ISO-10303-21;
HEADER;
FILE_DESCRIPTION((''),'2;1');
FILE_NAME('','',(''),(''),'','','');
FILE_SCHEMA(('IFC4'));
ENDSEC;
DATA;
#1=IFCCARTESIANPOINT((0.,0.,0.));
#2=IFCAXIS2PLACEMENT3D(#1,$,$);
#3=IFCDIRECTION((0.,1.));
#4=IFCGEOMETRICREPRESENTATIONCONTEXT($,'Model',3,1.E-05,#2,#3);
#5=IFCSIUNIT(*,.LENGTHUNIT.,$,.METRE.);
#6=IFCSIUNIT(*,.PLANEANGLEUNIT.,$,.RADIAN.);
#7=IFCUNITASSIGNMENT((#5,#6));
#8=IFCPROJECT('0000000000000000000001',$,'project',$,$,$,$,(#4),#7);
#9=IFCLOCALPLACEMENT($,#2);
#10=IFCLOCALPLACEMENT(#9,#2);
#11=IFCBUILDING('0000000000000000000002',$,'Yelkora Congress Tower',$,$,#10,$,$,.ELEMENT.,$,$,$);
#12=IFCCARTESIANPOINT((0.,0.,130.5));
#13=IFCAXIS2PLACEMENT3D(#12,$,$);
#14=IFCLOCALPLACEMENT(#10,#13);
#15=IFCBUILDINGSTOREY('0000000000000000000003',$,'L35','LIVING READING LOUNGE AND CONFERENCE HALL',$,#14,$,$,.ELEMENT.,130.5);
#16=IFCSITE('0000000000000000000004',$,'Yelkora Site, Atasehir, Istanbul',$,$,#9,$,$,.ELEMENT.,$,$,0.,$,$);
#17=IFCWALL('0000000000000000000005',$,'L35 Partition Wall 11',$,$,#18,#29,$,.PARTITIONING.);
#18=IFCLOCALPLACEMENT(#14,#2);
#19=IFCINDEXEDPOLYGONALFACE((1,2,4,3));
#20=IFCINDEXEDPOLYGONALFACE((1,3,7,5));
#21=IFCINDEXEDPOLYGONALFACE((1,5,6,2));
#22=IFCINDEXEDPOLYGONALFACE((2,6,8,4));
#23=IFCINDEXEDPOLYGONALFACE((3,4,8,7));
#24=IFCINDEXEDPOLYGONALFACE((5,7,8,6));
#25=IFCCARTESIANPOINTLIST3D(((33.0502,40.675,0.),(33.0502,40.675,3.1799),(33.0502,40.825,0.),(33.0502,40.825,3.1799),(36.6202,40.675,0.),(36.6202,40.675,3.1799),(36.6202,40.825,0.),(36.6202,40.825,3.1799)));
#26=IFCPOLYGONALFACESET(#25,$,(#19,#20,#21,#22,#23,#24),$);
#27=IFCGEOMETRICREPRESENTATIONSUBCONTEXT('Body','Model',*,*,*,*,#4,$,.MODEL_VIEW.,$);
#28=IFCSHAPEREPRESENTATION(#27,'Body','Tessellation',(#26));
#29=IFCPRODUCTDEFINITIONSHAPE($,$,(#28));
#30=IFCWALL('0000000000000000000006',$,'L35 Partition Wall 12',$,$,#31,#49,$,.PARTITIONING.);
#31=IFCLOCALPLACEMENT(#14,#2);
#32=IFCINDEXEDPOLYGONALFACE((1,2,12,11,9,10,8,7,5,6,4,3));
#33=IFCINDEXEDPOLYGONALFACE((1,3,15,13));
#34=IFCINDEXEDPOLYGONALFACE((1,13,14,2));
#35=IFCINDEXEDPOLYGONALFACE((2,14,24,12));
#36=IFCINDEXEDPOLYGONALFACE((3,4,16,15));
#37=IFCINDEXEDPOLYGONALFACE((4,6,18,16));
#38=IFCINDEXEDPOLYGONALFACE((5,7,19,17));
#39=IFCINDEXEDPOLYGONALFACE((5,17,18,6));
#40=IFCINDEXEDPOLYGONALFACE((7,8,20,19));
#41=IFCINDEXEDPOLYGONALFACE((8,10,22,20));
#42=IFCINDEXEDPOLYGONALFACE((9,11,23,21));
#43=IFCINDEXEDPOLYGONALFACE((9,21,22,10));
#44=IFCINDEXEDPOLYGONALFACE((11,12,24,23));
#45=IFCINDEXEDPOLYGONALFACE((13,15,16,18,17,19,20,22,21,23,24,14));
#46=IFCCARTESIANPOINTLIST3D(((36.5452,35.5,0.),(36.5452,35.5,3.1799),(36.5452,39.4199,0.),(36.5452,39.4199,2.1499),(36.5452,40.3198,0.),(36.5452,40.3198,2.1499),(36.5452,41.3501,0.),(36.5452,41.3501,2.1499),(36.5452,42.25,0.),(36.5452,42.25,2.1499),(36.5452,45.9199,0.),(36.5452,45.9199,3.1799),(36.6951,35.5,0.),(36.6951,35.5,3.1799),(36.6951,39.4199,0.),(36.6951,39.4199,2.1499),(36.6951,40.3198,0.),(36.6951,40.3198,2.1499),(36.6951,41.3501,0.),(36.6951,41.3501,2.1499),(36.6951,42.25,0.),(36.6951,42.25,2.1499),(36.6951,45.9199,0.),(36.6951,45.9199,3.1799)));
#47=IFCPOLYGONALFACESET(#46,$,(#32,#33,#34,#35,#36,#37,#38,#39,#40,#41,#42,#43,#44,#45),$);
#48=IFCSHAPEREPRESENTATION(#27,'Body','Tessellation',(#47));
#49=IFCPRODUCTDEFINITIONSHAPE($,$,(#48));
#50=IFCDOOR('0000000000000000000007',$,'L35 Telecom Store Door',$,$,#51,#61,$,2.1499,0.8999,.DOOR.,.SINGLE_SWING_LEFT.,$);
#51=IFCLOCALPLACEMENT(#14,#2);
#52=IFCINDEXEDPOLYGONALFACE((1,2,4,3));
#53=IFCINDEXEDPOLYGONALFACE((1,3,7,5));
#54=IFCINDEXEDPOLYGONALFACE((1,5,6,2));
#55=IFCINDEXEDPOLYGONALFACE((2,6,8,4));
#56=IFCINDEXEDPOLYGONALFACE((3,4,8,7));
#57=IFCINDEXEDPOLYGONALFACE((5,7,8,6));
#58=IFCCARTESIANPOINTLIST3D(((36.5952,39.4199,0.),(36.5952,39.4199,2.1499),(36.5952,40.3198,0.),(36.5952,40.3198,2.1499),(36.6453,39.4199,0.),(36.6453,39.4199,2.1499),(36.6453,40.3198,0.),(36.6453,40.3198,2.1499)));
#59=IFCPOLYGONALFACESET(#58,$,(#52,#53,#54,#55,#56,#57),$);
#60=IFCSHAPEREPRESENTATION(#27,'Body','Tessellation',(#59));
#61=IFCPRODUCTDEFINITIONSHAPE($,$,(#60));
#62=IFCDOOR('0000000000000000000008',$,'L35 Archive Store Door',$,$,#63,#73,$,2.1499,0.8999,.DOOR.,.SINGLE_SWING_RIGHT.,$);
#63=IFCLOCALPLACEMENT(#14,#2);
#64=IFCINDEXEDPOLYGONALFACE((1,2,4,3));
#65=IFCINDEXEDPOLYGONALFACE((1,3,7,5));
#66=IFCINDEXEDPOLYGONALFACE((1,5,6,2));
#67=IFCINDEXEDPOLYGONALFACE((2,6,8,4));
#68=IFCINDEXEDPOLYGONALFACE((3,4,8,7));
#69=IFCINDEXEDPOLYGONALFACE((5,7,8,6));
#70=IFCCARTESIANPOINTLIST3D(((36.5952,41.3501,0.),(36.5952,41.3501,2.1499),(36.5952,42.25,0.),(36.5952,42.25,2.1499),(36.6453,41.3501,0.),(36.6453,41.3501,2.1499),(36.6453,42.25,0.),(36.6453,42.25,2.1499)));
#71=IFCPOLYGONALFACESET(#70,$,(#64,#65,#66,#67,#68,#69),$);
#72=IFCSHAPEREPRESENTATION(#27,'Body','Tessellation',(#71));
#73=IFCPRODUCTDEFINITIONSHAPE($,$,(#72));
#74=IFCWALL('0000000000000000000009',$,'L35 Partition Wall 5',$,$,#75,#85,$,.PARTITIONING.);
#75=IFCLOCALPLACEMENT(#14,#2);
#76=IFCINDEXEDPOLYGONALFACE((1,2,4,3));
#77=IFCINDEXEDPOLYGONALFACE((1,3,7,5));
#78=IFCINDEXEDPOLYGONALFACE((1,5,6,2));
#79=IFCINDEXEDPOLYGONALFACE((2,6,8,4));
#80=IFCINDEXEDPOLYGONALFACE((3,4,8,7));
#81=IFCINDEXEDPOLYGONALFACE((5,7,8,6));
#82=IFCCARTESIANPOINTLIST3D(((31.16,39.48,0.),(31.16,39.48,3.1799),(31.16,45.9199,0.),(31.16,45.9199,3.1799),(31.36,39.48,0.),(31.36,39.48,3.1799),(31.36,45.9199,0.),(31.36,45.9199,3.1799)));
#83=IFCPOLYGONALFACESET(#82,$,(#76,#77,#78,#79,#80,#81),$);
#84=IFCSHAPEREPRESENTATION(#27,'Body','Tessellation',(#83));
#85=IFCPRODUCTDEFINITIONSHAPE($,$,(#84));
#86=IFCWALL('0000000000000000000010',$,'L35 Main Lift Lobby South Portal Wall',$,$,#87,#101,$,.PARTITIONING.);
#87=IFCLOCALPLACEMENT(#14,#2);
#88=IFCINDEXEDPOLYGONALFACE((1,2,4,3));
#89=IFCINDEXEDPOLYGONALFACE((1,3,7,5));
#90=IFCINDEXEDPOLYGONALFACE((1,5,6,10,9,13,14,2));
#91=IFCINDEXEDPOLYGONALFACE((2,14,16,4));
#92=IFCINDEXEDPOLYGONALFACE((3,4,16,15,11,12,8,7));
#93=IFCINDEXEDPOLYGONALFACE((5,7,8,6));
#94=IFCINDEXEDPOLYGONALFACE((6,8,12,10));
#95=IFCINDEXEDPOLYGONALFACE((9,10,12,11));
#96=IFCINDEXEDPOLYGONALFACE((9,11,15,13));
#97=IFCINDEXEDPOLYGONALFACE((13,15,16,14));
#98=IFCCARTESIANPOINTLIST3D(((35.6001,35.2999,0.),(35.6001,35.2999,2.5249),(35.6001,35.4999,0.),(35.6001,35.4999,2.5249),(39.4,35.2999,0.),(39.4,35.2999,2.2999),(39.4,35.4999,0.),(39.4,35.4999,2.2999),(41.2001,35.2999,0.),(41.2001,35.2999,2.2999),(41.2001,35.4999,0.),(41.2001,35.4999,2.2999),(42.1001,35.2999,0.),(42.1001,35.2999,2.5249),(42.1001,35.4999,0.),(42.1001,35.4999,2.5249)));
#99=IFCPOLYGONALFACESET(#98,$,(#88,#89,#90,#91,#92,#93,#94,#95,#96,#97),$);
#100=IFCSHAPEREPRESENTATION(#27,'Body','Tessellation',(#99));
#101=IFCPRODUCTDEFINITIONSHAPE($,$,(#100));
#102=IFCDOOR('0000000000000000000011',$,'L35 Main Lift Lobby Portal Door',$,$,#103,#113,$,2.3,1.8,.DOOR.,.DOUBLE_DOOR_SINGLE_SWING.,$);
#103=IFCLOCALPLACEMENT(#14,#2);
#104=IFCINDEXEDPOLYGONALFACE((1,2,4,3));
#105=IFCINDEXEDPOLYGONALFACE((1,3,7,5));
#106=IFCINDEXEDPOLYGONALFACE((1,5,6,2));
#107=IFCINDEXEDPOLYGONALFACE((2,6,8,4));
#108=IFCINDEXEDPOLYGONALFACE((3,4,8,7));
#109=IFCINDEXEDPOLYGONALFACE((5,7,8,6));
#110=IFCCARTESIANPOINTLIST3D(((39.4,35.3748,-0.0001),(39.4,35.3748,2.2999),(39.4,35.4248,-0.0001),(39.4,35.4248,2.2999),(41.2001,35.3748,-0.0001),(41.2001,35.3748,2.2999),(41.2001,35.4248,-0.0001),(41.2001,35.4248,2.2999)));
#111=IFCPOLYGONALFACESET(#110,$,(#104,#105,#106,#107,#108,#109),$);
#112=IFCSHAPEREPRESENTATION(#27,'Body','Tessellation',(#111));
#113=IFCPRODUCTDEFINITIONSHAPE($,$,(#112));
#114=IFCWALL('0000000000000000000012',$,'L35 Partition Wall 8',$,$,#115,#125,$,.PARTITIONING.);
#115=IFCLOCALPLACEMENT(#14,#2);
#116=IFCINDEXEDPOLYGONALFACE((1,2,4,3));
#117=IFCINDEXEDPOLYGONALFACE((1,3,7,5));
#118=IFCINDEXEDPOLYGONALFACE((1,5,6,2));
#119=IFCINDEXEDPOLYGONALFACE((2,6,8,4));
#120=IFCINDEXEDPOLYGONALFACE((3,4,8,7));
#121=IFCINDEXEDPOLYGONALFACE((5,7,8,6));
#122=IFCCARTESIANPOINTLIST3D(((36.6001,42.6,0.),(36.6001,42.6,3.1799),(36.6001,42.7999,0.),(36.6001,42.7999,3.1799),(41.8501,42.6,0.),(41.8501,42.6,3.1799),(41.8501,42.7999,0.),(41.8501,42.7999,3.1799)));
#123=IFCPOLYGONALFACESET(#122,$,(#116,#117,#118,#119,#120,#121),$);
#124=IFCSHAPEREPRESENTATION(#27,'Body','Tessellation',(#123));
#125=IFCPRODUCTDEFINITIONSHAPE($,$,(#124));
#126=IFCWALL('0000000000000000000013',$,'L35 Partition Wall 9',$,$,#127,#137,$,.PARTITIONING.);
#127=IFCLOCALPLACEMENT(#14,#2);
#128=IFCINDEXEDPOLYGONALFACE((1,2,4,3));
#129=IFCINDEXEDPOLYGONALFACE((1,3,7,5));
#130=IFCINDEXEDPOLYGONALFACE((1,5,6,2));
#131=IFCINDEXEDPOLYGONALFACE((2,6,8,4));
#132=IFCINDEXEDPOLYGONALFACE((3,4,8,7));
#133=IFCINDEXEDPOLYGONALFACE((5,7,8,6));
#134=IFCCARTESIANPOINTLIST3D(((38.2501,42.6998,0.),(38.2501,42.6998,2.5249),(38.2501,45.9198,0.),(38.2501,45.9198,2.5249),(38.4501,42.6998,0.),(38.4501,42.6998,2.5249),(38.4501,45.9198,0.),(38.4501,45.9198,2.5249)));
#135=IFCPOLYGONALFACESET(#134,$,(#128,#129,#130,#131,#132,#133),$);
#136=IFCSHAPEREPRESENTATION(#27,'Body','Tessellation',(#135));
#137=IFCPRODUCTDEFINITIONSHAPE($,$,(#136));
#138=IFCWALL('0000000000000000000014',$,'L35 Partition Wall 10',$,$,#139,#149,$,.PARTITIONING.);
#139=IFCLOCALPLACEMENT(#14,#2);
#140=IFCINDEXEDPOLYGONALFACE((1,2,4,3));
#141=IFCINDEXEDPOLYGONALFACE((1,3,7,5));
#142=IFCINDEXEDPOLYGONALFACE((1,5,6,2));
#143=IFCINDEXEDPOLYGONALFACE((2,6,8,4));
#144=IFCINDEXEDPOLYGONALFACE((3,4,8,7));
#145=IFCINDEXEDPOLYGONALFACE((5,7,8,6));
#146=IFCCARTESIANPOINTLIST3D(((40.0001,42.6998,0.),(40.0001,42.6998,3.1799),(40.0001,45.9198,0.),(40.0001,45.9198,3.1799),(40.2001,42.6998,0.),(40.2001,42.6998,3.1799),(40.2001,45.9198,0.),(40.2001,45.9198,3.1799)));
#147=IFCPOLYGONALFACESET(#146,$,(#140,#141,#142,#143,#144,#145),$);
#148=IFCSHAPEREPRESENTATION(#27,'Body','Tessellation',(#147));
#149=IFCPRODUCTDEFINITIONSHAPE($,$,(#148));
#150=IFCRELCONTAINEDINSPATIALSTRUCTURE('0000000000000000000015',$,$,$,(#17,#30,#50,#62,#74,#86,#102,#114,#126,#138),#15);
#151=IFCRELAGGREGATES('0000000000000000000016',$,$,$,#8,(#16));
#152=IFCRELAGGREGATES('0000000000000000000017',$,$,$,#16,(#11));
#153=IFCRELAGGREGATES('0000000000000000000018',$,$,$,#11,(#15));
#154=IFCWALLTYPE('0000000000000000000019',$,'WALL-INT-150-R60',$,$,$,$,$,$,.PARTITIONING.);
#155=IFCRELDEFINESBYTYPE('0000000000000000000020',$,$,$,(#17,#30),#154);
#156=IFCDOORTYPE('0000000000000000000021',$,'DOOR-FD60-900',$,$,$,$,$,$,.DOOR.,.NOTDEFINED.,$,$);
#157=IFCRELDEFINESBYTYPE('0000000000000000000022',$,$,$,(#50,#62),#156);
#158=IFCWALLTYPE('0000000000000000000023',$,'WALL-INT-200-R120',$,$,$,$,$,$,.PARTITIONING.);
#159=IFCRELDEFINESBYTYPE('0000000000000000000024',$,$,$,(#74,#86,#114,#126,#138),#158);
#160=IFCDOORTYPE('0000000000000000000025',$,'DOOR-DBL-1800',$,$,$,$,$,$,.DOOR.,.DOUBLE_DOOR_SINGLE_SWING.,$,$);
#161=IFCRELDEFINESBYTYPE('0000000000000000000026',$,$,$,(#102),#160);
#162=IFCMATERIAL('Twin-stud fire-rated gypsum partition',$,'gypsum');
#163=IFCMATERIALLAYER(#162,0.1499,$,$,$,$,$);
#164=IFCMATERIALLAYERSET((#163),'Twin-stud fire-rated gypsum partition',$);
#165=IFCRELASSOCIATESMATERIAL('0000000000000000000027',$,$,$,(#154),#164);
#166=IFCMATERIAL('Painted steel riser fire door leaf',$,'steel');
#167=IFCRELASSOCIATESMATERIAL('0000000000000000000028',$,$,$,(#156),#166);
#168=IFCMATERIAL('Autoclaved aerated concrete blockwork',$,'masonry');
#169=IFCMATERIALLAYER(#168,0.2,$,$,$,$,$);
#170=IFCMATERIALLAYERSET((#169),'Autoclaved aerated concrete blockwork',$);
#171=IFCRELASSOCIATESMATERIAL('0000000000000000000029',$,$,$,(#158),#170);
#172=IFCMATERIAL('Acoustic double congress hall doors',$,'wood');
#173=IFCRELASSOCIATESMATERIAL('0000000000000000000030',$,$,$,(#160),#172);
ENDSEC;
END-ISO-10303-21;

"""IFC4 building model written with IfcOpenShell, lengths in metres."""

from ifc_helpers import new_model, si_unit, direction, frame, frame_2d, origin, place, context, subcontext, project, spatial, rectangle, extrude, material, layer, layer_set, type_object, element, fill, save


model = new_model("IFC4")

# Units and contexts
model_context = context("Model", 3, precision=1e-05, world=origin(), true_north=direction((0.0, 1.0)))
body_context = subcontext(model_context, "Body", "Model", "MODEL_VIEW")
ifc_project = project(units=[si_unit("LENGTHUNIT", "METRE"), si_unit("PLANEANGLEUNIT", "RADIAN")], contexts=[model_context])

# Site, building, storey
site_placement = place(None, origin())
site = spatial("IfcSite", under=ifc_project, at=site_placement, Name="Yelkora Site, Atasehir, Istanbul", CompositionType="ELEMENT", RefElevation=0.0)
building_placement = place(site_placement, origin())
building = spatial("IfcBuilding", under=site, at=building_placement, Name="Yelkora Congress Tower", CompositionType="ELEMENT")
storey_placement = place(building_placement, frame((0.0, 0.0, 130.5)))
storey = spatial("IfcBuildingStorey", under=building, at=storey_placement, Name="L35", Description="LIVING READING LOUNGE AND CONFERENCE HALL", CompositionType="ELEMENT", Elevation=130.5)

# Wall
ifc_material_1 = material(Name="Twin-stud fire-rated gypsum partition", Category="gypsum")
ifc_layer_1 = layer(ifc_material_1, 0.1499)
ifc_layer_set_1 = layer_set([ifc_layer_1], Name="Twin-stud fire-rated gypsum partition")
wall_type_1 = type_object("IfcWallType", Name="WALL-INT-150-R60", PredefinedType="PARTITIONING", material=ifc_layer_set_1)
wall_1_placement = place(storey_placement, frame((33.05, 40.75, 0.0), z_axis=(0.0, 0.0, 1.0), x_axis=(1.0, 0.0, 0.0)))
element("IfcWall", 1, at=wall_1_placement, inside=storey, type_object=wall_type_1, Name="L35 Partition Wall 11", PredefinedType="PARTITIONING", context=body_context, shape_type="SweptSolid", body=[
    extrude(rectangle(XDim=3.5701, YDim=0.1499, at=frame_2d((1.7852, 0.0))), origin(), (0.0, 0.0, 1.0), 3.1799),
])

# Wall, openings, doors
wall_2_placement = place(storey_placement, frame((36.6201, 35.5, 0.0), z_axis=(0.0, 0.0, 1.0), x_axis=(0.0, 1.0, 0.0)))
wall_2 = element("IfcWall", 2, at=wall_2_placement, inside=storey, type_object=wall_type_1, Name="L35 Partition Wall 12", PredefinedType="PARTITIONING", context=body_context, shape_type="SweptSolid", body=[
    extrude(rectangle(XDim=10.4199, YDim=0.1499, at=frame_2d((5.21, 0.0))), origin(), (0.0, 0.0, 1.0), 3.1799),
])
opening_1_placement = place(wall_2_placement, frame((3.9199, 0.0, 0.0)))
opening_1 = element("IfcOpeningElement", 3, at=opening_1_placement, cuts=wall_2, PredefinedType="OPENING", context=body_context, shape_type="SweptSolid", body=[
    extrude(rectangle(XDim=0.8999, YDim=2.1499, at=frame_2d((0.45, 1.075))), frame((0.0, 0.085, 0.0), z_axis=(0.0, -1.0, 0.0), x_axis=(1.0, 0.0, 0.0)), (0.0, 0.0, 1.0), 0.1699),
])
opening_2_placement = place(wall_2_placement, frame((5.8501, 0.0, 0.0)))
opening_2 = element("IfcOpeningElement", 4, at=opening_2_placement, cuts=wall_2, PredefinedType="OPENING", context=body_context, shape_type="SweptSolid", body=[
    extrude(rectangle(XDim=0.8999, YDim=2.1499, at=frame_2d((0.45, 1.075))), frame((0.0, 0.085, 0.0), z_axis=(0.0, -1.0, 0.0), x_axis=(1.0, 0.0, 0.0)), (0.0, 0.0, 1.0), 0.1699),
])
ifc_material_2 = material(Name="Painted steel riser fire door leaf", Category="steel")
door_type_1 = type_object("IfcDoorType", Name="DOOR-FD60-900", OperationType="NOTDEFINED", PredefinedType="DOOR", material=ifc_material_2)
door_1_placement = place(opening_1_placement, origin())
door_1 = element("IfcDoor", 5, at=door_1_placement, inside=storey, type_object=door_type_1, Name="L35 Telecom Store Door", OperationType="SINGLE_SWING_LEFT", OverallHeight=2.1499, OverallWidth=0.8999, PredefinedType="DOOR", context=body_context, shape_type="SweptSolid", body=[
    extrude(rectangle(XDim=0.8999, YDim=2.1499, at=frame_2d((0.45, 1.075))), frame((0.0, 0.0249, 0.0), z_axis=(0.0, -1.0, 0.0), x_axis=(1.0, 0.0, 0.0)), (0.0, 0.0, 1.0), 0.05),
])
fill(opening_1, door_1)
door_2_placement = place(opening_2_placement, origin())
door_2 = element("IfcDoor", 6, at=door_2_placement, inside=storey, type_object=door_type_1, Name="L35 Archive Store Door", OperationType="SINGLE_SWING_RIGHT", OverallHeight=2.1499, OverallWidth=0.8999, PredefinedType="DOOR", context=body_context, shape_type="SweptSolid", body=[
    extrude(rectangle(XDim=0.8999, YDim=2.1499, at=frame_2d((0.45, 1.075))), frame((0.0, 0.0249, 0.0), z_axis=(0.0, -1.0, 0.0), x_axis=(1.0, 0.0, 0.0)), (0.0, 0.0, 1.0), 0.05),
])
fill(opening_2, door_2)

# Wall
ifc_material_3 = material(Name="Autoclaved aerated concrete blockwork", Category="masonry")
ifc_layer_2 = layer(ifc_material_3, 0.2)
ifc_layer_set_2 = layer_set([ifc_layer_2], Name="Autoclaved aerated concrete blockwork")
wall_type_2 = type_object("IfcWallType", Name="WALL-INT-200-R120", PredefinedType="PARTITIONING", material=ifc_layer_set_2)
wall_3_placement = place(storey_placement, frame((31.26, 39.48, 0.0), z_axis=(0.0, 0.0, 1.0), x_axis=(0.0, 1.0, 0.0)))
element("IfcWall", 7, at=wall_3_placement, inside=storey, type_object=wall_type_2, Name="L35 Partition Wall 5", PredefinedType="PARTITIONING", context=body_context, shape_type="SweptSolid", body=[
    extrude(rectangle(XDim=6.4399, YDim=0.2, at=frame_2d((3.22, 0.0))), origin(), (0.0, 0.0, 1.0), 3.1799),
])

# Wall, opening, door
wall_4_placement = place(storey_placement, frame((35.6001, 35.3999, 0.0), z_axis=(0.0, 0.0, 1.0), x_axis=(1.0, 0.0, 0.0)))
wall_4 = element("IfcWall", 8, at=wall_4_placement, inside=storey, type_object=wall_type_2, Name="L35 Main Lift Lobby South Portal Wall", PredefinedType="PARTITIONING", context=body_context, shape_type="SweptSolid", body=[
    extrude(rectangle(XDim=6.5, YDim=0.2, at=frame_2d((3.25, 0.0))), origin(), (0.0, 0.0, 1.0), 2.5249),
])
opening_3_placement = place(wall_4_placement, frame((3.8, 0.0, 0.0)))
opening_3 = element("IfcOpeningElement", 9, at=opening_3_placement, cuts=wall_4, PredefinedType="OPENING", context=body_context, shape_type="SweptSolid", body=[
    extrude(rectangle(XDim=1.8, YDim=2.3, at=frame_2d((0.8999, 1.1499))), frame((0.0, 0.1099, 0.0), z_axis=(0.0, -1.0, 0.0), x_axis=(1.0, 0.0, 0.0)), (0.0, 0.0, 1.0), 0.22),
])
ifc_material_4 = material(Name="Acoustic double congress hall doors", Category="wood")
door_type_2 = type_object("IfcDoorType", Name="DOOR-DBL-1800", OperationType="DOUBLE_DOOR_SINGLE_SWING", PredefinedType="DOOR", material=ifc_material_4)
door_3_placement = place(opening_3_placement, origin())
door_3 = element("IfcDoor", 10, at=door_3_placement, inside=storey, type_object=door_type_2, Name="L35 Main Lift Lobby Portal Door", OperationType="DOUBLE_DOOR_SINGLE_SWING", OverallHeight=2.3, OverallWidth=1.8, PredefinedType="DOOR", context=body_context, shape_type="SweptSolid", body=[
    extrude(rectangle(XDim=1.8, YDim=2.3, at=frame_2d((0.8999, 1.1499))), frame((0.0, 0.0249, 0.0), z_axis=(0.0, -1.0, 0.0), x_axis=(1.0, 0.0, 0.0)), (0.0, 0.0, 1.0), 0.05),
])
fill(opening_3, door_3)

# Walls
wall_5_placement = place(storey_placement, frame((36.6001, 42.7, 0.0), z_axis=(0.0, 0.0, 1.0), x_axis=(1.0, 0.0, 0.0)))
element("IfcWall", 11, at=wall_5_placement, inside=storey, type_object=wall_type_2, Name="L35 Partition Wall 8", PredefinedType="PARTITIONING", context=body_context, shape_type="SweptSolid", body=[
    extrude(rectangle(XDim=5.25, YDim=0.2, at=frame_2d((2.625, 0.0))), origin(), (0.0, 0.0, 1.0), 3.1799),
])
wall_6_placement = place(storey_placement, frame((38.3501, 42.7, 0.0), z_axis=(0.0, 0.0, 1.0), x_axis=(0.0, 1.0, 0.0)))
element("IfcWall", 12, at=wall_6_placement, inside=storey, type_object=wall_type_2, Name="L35 Partition Wall 9", PredefinedType="PARTITIONING", context=body_context, shape_type="SweptSolid", body=[
    extrude(rectangle(XDim=3.22, YDim=0.2, at=frame_2d((1.6099, 0.0))), origin(), (0.0, 0.0, 1.0), 2.5249),
])
wall_7_placement = place(storey_placement, frame((40.1001, 42.7, 0.0), z_axis=(0.0, 0.0, 1.0), x_axis=(0.0, 1.0, 0.0)))
element("IfcWall", 13, at=wall_7_placement, inside=storey, type_object=wall_type_2, Name="L35 Partition Wall 10", PredefinedType="PARTITIONING", context=body_context, shape_type="SweptSolid", body=[
    extrude(rectangle(XDim=3.22, YDim=0.2, at=frame_2d((1.6099, 0.0))), origin(), (0.0, 0.0, 1.0), 3.1799),
])

save(model, "model.ifc")
